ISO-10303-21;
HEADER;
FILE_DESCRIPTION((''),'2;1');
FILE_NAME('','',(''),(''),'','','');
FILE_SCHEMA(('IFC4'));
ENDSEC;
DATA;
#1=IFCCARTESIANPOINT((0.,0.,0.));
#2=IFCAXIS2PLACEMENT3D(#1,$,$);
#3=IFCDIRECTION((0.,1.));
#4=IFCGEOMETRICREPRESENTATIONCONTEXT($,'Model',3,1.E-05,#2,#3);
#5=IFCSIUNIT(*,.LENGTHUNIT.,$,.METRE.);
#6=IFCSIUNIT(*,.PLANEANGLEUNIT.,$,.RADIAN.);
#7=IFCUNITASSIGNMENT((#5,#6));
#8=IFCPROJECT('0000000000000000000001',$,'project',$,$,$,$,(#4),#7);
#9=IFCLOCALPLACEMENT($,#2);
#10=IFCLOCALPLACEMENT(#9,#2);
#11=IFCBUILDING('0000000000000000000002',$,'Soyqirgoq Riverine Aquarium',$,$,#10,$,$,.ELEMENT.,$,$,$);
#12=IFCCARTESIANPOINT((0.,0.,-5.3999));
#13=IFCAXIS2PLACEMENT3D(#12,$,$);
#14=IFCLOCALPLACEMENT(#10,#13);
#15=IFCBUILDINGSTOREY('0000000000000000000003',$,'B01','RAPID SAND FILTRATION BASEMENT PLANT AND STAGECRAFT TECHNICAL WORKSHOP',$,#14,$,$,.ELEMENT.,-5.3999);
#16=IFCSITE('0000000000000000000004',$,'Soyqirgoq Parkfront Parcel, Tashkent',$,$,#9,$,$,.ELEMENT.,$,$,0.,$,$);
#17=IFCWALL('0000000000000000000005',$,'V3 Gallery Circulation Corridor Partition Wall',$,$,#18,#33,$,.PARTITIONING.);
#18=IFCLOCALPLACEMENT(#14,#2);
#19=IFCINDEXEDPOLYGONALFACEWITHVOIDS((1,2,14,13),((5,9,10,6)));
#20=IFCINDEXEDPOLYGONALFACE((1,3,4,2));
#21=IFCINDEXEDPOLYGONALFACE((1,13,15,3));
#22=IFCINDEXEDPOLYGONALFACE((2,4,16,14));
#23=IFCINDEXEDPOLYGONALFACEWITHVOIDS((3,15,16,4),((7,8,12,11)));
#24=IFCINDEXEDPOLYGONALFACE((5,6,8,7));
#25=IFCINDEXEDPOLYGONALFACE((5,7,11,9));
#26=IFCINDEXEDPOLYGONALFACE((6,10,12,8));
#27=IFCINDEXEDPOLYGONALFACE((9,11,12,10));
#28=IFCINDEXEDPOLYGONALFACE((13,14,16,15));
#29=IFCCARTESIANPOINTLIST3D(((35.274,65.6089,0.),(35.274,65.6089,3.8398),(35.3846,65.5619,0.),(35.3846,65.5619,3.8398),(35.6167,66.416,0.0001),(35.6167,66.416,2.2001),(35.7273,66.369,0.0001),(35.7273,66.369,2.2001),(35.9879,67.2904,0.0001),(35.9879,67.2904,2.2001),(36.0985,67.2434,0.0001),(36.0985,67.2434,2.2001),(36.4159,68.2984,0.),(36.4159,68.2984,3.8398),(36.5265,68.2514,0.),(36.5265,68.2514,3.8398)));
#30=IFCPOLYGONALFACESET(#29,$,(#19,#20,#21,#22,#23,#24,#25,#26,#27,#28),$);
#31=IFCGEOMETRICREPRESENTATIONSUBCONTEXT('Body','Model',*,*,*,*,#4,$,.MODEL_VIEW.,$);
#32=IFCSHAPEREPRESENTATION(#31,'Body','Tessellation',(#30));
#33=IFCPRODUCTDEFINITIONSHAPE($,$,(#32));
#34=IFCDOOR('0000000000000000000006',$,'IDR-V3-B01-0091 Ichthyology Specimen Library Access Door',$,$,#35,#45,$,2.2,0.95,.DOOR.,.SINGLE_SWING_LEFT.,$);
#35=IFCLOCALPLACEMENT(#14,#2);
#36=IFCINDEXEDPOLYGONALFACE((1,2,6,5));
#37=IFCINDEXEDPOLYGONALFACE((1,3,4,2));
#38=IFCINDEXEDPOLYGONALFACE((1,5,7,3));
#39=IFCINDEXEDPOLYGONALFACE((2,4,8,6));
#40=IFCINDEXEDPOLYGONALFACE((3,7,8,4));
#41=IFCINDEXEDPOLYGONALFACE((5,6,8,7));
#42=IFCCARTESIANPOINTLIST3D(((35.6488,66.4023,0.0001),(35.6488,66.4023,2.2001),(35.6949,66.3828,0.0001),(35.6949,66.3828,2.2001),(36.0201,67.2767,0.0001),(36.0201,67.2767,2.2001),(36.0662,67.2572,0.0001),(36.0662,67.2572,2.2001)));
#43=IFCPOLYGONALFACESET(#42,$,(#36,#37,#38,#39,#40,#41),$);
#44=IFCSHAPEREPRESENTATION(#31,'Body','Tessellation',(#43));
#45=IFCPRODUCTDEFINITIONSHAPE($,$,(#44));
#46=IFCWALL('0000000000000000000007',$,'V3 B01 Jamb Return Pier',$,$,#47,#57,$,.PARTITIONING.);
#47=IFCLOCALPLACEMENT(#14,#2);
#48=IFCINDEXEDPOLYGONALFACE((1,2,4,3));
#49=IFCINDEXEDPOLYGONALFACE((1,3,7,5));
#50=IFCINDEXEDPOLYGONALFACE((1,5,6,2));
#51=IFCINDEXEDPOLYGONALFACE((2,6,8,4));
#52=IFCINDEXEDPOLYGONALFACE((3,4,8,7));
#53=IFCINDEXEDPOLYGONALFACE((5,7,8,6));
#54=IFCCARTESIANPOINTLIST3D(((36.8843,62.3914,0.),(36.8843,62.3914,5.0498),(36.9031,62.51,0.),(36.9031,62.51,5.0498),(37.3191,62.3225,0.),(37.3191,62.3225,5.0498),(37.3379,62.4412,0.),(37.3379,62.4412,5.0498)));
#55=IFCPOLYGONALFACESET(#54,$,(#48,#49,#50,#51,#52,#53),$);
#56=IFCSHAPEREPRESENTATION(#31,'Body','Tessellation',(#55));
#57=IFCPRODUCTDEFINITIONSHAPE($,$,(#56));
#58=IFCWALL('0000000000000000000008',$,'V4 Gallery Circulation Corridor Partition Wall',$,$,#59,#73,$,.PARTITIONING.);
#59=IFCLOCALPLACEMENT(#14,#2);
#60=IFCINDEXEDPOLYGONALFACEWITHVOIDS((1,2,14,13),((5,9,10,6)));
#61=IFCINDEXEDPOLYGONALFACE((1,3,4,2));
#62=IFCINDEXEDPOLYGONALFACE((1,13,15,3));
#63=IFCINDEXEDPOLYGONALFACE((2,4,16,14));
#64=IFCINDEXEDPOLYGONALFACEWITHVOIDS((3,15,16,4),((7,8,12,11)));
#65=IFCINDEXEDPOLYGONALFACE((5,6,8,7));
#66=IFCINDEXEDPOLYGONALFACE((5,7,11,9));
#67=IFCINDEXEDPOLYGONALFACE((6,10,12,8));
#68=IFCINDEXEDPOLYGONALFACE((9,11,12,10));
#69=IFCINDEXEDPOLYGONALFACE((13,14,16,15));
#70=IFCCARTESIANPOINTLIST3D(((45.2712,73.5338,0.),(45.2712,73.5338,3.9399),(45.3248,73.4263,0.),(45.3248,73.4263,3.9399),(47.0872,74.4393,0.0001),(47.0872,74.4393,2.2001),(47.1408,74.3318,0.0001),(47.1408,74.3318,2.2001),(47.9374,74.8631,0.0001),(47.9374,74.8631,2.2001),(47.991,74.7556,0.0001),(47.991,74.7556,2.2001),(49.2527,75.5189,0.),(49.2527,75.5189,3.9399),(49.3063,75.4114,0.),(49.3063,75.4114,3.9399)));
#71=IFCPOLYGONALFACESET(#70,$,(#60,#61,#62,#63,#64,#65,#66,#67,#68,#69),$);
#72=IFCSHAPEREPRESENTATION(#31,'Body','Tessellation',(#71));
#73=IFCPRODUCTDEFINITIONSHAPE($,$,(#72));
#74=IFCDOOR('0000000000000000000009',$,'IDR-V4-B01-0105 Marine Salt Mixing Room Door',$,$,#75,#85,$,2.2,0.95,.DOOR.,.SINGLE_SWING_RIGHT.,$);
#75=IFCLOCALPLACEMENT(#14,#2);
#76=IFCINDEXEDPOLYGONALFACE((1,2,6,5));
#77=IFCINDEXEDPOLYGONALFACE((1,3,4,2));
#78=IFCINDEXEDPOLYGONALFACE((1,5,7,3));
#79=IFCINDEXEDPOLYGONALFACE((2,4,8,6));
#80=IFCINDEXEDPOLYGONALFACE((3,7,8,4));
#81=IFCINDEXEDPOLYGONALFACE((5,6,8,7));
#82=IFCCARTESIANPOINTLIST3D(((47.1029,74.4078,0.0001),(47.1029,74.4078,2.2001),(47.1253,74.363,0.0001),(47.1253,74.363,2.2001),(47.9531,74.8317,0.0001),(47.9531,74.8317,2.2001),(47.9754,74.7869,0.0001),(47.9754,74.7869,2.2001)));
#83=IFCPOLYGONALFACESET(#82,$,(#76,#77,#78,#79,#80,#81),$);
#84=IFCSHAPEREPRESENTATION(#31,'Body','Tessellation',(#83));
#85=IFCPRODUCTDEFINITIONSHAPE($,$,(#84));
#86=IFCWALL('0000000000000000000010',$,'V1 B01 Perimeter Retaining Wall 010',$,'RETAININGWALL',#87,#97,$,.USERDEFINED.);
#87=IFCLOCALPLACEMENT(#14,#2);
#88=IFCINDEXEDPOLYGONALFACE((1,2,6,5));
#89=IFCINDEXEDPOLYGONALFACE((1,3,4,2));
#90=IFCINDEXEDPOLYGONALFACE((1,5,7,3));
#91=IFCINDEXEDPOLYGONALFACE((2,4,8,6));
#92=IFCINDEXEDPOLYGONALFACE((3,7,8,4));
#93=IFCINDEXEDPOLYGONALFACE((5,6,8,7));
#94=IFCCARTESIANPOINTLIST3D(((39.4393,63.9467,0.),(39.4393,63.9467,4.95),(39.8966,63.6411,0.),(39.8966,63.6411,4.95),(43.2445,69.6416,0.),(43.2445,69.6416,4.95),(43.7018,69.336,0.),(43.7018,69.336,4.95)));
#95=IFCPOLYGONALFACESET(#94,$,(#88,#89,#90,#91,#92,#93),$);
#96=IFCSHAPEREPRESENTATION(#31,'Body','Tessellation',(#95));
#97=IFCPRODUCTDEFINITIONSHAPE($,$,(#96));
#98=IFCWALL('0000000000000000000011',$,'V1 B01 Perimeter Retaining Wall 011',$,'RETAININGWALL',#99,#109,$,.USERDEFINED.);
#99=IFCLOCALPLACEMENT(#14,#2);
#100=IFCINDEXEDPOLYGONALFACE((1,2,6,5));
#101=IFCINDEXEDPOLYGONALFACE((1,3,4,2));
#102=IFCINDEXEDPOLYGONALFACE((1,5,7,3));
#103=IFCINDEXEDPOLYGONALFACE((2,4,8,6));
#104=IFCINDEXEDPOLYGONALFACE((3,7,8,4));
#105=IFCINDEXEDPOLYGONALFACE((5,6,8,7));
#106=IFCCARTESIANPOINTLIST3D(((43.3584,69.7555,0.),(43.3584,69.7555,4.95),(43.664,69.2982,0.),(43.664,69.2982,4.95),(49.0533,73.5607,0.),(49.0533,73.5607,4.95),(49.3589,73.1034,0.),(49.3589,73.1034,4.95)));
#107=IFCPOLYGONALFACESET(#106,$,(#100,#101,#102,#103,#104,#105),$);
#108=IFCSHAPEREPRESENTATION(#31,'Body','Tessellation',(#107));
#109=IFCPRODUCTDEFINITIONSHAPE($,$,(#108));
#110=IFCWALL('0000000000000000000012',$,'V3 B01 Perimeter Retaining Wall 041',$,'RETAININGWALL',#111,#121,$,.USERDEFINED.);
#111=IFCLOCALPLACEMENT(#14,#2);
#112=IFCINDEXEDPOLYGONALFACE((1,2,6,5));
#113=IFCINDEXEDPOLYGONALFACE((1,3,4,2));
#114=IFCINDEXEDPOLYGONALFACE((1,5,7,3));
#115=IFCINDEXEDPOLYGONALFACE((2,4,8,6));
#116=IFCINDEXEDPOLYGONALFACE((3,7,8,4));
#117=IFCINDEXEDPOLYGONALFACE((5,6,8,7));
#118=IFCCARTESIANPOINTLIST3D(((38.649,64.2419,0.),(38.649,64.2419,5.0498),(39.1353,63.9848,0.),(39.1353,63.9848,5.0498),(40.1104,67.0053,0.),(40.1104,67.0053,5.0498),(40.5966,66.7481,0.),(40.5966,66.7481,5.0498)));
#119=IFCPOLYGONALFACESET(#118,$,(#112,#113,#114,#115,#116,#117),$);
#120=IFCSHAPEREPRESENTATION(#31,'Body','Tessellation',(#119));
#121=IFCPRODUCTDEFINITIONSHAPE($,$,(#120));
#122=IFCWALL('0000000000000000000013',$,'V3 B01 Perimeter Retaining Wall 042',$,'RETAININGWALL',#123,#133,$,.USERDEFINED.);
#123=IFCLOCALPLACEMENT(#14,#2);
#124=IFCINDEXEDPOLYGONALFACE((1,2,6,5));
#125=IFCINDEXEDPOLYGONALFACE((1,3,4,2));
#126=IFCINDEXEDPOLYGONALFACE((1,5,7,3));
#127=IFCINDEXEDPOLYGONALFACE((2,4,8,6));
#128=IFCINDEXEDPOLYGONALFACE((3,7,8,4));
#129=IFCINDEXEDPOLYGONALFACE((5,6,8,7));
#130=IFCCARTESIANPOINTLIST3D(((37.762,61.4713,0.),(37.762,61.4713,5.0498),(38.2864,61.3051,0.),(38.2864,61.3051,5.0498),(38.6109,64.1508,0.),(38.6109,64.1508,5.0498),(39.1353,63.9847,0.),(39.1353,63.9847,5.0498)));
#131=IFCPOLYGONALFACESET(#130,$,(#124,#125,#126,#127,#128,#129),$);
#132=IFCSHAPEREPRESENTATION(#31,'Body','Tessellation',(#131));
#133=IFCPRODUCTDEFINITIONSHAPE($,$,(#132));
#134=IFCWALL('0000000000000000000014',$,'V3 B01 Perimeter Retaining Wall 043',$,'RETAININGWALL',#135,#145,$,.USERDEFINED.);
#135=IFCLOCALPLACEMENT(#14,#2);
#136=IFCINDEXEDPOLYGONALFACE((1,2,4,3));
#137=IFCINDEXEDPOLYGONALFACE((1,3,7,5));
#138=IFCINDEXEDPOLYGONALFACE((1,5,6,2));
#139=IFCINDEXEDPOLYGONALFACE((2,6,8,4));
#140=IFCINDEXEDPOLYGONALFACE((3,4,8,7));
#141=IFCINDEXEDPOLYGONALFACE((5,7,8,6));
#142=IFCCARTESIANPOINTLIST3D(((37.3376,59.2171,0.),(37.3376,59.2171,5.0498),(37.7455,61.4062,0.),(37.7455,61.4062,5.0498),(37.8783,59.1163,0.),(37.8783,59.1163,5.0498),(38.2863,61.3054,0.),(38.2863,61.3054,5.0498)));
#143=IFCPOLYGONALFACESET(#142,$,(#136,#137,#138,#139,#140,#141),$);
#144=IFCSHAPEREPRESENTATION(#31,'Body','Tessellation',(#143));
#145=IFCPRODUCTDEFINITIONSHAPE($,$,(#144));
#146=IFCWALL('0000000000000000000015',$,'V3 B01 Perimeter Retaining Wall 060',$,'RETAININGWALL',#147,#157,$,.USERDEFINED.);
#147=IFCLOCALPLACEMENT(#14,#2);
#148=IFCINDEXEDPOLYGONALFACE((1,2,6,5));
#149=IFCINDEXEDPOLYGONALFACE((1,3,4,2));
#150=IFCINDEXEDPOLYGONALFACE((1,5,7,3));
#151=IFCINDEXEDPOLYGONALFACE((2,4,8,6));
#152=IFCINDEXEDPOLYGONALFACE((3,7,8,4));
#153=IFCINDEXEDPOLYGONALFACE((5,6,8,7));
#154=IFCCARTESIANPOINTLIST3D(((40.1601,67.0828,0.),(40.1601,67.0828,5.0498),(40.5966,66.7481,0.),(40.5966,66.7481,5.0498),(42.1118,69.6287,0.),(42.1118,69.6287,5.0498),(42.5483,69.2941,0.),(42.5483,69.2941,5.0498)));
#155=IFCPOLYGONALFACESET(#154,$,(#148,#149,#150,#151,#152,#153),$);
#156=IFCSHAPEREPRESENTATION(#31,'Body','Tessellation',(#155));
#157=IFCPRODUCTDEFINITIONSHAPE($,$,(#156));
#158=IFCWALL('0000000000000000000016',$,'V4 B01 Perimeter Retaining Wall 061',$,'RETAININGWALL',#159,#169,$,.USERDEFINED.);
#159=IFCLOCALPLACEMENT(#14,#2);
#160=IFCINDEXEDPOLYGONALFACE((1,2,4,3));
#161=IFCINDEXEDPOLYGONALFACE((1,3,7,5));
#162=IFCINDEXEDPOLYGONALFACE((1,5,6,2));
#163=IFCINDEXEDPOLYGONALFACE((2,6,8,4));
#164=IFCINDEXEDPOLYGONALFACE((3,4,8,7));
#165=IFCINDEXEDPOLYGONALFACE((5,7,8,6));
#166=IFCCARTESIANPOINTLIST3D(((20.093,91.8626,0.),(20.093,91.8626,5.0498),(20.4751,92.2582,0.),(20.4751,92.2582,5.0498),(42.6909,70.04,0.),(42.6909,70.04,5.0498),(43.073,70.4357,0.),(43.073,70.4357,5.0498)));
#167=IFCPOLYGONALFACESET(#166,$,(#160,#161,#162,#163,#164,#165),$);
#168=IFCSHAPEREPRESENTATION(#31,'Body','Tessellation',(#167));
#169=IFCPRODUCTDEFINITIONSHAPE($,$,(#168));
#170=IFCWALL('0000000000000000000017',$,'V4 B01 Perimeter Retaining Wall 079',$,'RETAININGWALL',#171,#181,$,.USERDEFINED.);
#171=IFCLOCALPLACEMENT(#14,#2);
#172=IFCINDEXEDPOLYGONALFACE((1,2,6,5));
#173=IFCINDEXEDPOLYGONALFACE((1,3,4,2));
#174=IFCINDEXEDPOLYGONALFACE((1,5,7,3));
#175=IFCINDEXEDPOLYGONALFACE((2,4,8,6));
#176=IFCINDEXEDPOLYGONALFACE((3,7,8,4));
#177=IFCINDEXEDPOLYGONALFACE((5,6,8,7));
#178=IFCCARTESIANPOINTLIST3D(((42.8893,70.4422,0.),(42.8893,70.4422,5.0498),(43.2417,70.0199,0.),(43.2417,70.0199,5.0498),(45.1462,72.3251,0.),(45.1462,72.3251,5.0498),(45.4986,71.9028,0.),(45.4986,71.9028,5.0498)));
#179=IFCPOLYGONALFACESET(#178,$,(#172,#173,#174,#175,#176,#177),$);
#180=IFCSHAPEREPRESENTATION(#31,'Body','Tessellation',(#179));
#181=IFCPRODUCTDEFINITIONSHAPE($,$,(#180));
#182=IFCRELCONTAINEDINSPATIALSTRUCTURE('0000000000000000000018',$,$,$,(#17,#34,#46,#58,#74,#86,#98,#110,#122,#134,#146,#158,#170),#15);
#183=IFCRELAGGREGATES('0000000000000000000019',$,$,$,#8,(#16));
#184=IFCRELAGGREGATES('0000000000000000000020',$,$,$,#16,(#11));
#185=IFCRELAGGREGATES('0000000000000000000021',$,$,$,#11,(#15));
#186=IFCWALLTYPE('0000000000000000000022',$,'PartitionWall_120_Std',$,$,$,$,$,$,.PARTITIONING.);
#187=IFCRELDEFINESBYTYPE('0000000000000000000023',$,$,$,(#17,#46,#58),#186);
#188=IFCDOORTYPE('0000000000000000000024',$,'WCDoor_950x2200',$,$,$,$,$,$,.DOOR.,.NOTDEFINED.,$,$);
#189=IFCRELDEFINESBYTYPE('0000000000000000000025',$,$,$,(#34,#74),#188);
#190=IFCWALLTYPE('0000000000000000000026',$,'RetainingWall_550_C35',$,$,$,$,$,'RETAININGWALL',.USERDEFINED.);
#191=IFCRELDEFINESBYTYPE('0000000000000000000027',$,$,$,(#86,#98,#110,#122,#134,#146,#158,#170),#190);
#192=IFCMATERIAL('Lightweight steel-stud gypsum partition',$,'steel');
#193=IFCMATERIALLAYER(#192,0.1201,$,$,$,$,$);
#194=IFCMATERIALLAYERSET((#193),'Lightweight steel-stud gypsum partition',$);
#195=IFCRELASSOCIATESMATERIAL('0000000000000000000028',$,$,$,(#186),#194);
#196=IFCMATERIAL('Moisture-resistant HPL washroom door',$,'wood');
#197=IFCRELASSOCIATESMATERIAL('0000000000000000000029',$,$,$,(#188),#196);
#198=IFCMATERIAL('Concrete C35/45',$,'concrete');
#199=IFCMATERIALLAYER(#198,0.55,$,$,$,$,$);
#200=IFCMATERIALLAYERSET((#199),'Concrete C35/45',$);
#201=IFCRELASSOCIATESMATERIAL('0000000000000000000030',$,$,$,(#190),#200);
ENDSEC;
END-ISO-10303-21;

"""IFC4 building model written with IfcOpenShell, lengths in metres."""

from ifc_helpers import new_model, si_unit, direction, frame, frame_2d, origin, place, context, subcontext, project, spatial, rectangle, extrude, material, layer, layer_set, type_object, element, fill, save


model = new_model("IFC4")

# Units and contexts
model_context = context("Model", 3, precision=1e-05, world=origin(), true_north=direction((0.0, 1.0)))
body_context = subcontext(model_context, "Body", "Model", "MODEL_VIEW")
ifc_project = project(units=[si_unit("LENGTHUNIT", "METRE"), si_unit("PLANEANGLEUNIT", "RADIAN")], contexts=[model_context])

# Site, building, storey
site_placement = place(None, origin())
site = spatial("IfcSite", under=ifc_project, at=site_placement, Name="Soyqirgoq Parkfront Parcel, Tashkent", CompositionType="ELEMENT", RefElevation=0.0)
building_placement = place(site_placement, origin())
building = spatial("IfcBuilding", under=site, at=building_placement, Name="Soyqirgoq Riverine Aquarium", CompositionType="ELEMENT")
storey_placement = place(building_placement, frame((0.0, 0.0, -5.3999)))
storey = spatial("IfcBuildingStorey", under=building, at=storey_placement, Name="B01", Description="RAPID SAND FILTRATION BASEMENT PLANT AND STAGECRAFT TECHNICAL WORKSHOP", CompositionType="ELEMENT", Elevation=-5.3999)

# Wall, opening, door
ifc_material_1 = material(Name="Lightweight steel-stud gypsum partition", Category="steel")
ifc_layer_1 = layer(ifc_material_1, 0.1201)
ifc_layer_set_1 = layer_set([ifc_layer_1], Name="Lightweight steel-stud gypsum partition")
wall_type_1 = type_object("IfcWallType", Name="PartitionWall_120_Std", PredefinedType="PARTITIONING", material=ifc_layer_set_1)
wall_1_placement = place(storey_placement, frame((36.4712, 68.2749, 0.0), z_axis=(0.0, 0.0, 1.0), x_axis=(-0.390801, -0.920475, 0.0)))
wall_1 = element("IfcWall", 1, at=wall_1_placement, inside=storey, type_object=wall_type_1, Name="V3 Gallery Circulation Corridor Partition Wall", PredefinedType="PARTITIONING", context=body_context, shape_type="SweptSolid", body=[
    extrude(rectangle(XDim=2.9219, YDim=0.1201, at=frame_2d((1.4609, 0.0))), origin(), (0.0, 0.0, 1.0), 3.8398),
])
opening_1_placement = place(wall_1_placement, frame((1.095, 0.0, 0.0)))
opening_1 = element("IfcOpeningElement", 2, at=opening_1_placement, cuts=wall_1, PredefinedType="OPENING", context=body_context, shape_type="SweptSolid", body=[
    extrude(rectangle(XDim=0.95, YDim=2.2, at=frame_2d((0.4751, 1.1001))), frame((0.0, 0.0701, 0.0), z_axis=(0.0, -1.0, 0.0), x_axis=(1.0, 0.0, 0.0)), (0.0, 0.0, 1.0), 0.1401),
])
ifc_material_2 = material(Name="Moisture-resistant HPL washroom door", Category="wood")
door_type_1 = type_object("IfcDoorType", Name="WCDoor_950x2200", OperationType="NOTDEFINED", PredefinedType="DOOR", material=ifc_material_2)
door_1_placement = place(opening_1_placement, origin())
door_1 = element("IfcDoor", 3, at=door_1_placement, inside=storey, type_object=door_type_1, Name="IDR-V3-B01-0091 Ichthyology Specimen Library Access Door", OperationType="SINGLE_SWING_LEFT", OverallHeight=2.2, OverallWidth=0.95, PredefinedType="DOOR", context=body_context, shape_type="SweptSolid", body=[
    extrude(rectangle(XDim=0.95, YDim=2.2, at=frame_2d((0.4751, 1.1001))), frame((0.0, 0.0249, 0.0), z_axis=(0.0, -1.0, 0.0), x_axis=(1.0, 0.0, 0.0)), (0.0, 0.0, 1.0), 0.05),
])
fill(opening_1, door_1)

# Wall
wall_2_placement = place(storey_placement, frame((37.3286, 62.3818, 0.0), z_axis=(0.0, 0.0, 1.0), x_axis=(-0.987695, 0.15639, 0.0)))
element("IfcWall", 4, at=wall_2_placement, inside=storey, type_object=wall_type_1, Name="V3 B01 Jamb Return Pier", PredefinedType="PARTITIONING", context=body_context, shape_type="SweptSolid", body=[
    extrude(rectangle(XDim=0.4402, YDim=0.1201, at=frame_2d((0.2202, 0.0))), origin(), (0.0, 0.0, 1.0), 5.0498),
])

# Wall, opening, door
wall_3_placement = place(storey_placement, frame((45.2979, 73.48, 0.0), z_axis=(0.0, 0.0, 1.0), x_axis=(0.894931, 0.446204, 0.0)))
wall_3 = element("IfcWall", 5, at=wall_3_placement, inside=storey, type_object=wall_type_1, Name="V4 Gallery Circulation Corridor Partition Wall", PredefinedType="PARTITIONING", context=body_context, shape_type="SweptSolid", body=[
    extrude(rectangle(XDim=4.449, YDim=0.1201, at=frame_2d((2.2246, 0.0))), origin(), (0.0, 0.0, 1.0), 3.9399),
])
opening_2_placement = place(wall_3_placement, frame((2.0293, 0.0, 0.0)))
opening_2 = element("IfcOpeningElement", 6, at=opening_2_placement, cuts=wall_3, PredefinedType="OPENING", context=body_context, shape_type="SweptSolid", body=[
    extrude(rectangle(XDim=0.95, YDim=2.2, at=frame_2d((0.4751, 1.1001))), frame((0.0, 0.0701, 0.0), z_axis=(0.0, -1.0, 0.0), x_axis=(1.0, 0.0, 0.0)), (0.0, 0.0, 1.0), 0.1401),
])
door_2_placement = place(opening_2_placement, origin())
door_2 = element("IfcDoor", 7, at=door_2_placement, inside=storey, type_object=door_type_1, Name="IDR-V4-B01-0105 Marine Salt Mixing Room Door", OperationType="SINGLE_SWING_RIGHT", OverallHeight=2.2, OverallWidth=0.95, PredefinedType="DOOR", context=body_context, shape_type="SweptSolid", body=[
    extrude(rectangle(XDim=0.95, YDim=2.2, at=frame_2d((0.4751, 1.1001))), frame((0.0, 0.0249, 0.0), z_axis=(0.0, -1.0, 0.0), x_axis=(1.0, 0.0, 0.0)), (0.0, 0.0, 1.0), 0.05),
])
fill(opening_2, door_2)

# Walls
ifc_material_3 = material(Name="Concrete C35/45", Category="concrete")
ifc_layer_2 = layer(ifc_material_3, 0.55)
ifc_layer_set_2 = layer_set([ifc_layer_2], Name="Concrete C35/45")
wall_type_2 = type_object("IfcWallType", Name="RetainingWall_550_C35", ElementType="RETAININGWALL", PredefinedType="USERDEFINED", material=ifc_layer_set_2)
for number, where, z_axis, x_axis, name in (
    (8, (39.668, 63.7939, 0.0), (0.0, 0.0, 1.0), (0.555572, 0.831469, 0.0), "V1 B01 Perimeter Retaining Wall 010"),
    (9, (43.5112, 69.5269, 0.0), (0.0, 0.0, 1.0), (0.831469, 0.555572, 0.0), "V1 B01 Perimeter Retaining Wall 011"),
):
    element("IfcWall", number, at=place(storey_placement, frame(where, z_axis=z_axis, x_axis=x_axis)), inside=storey, type_object=wall_type_2, Name=name, ObjectType="RETAININGWALL", PredefinedType="USERDEFINED", context=body_context, shape_type="SweptSolid", body=[
        extrude(rectangle(XDim=6.8491, YDim=0.55, at=frame_2d((3.4246, 0.0))), origin(), (0.0, 0.0, 1.0), 4.95),
    ])
wall_4_placement = place(storey_placement, frame((40.3535, 66.8767, 0.0), z_axis=(0.0, 0.0, 1.0), x_axis=(-0.467497, -0.883995, 0.0)))
element("IfcWall", 10, at=wall_4_placement, inside=storey, type_object=wall_type_2, Name="V3 B01 Perimeter Retaining Wall 041", ObjectType="RETAININGWALL", PredefinedType="USERDEFINED", context=body_context, shape_type="SweptSolid", body=[
    extrude(rectangle(XDim=3.126, YDim=0.55, at=frame_2d((1.563, 0.0))), origin(), (0.0, 0.0, 1.0), 5.0498),
])
wall_5_placement = place(storey_placement, frame((38.873, 64.0676, 0.0), z_axis=(0.0, 0.0, 1.0), x_axis=(-0.302017, -0.953303, 0.0)))
element("IfcWall", 11, at=wall_5_placement, inside=storey, type_object=wall_type_2, Name="V3 B01 Perimeter Retaining Wall 042", ObjectType="RETAININGWALL", PredefinedType="USERDEFINED", context=body_context, shape_type="SweptSolid", body=[
    extrude(rectangle(XDim=2.8108, YDim=0.55, at=frame_2d((1.4053, 0.0))), origin(), (0.0, 0.0, 1.0), 5.0498),
])
wall_6_placement = place(storey_placement, frame((38.0159, 61.3557, 0.0), z_axis=(0.0, 0.0, 1.0), x_axis=(-0.183196, -0.983076, 0.0)))
element("IfcWall", 12, at=wall_6_placement, inside=storey, type_object=wall_type_2, Name="V3 B01 Perimeter Retaining Wall 043", ObjectType="RETAININGWALL", PredefinedType="USERDEFINED", context=body_context, shape_type="SweptSolid", body=[
    extrude(rectangle(XDim=2.2268, YDim=0.55, at=frame_2d((1.1133, 0.0))), origin(), (0.0, 0.0, 1.0), 5.0498),
])
wall_7_placement = place(storey_placement, frame((42.3301, 69.4614, 0.0), z_axis=(0.0, 0.0, 1.0), x_axis=(-0.608393, -0.793636, 0.0)))
element("IfcWall", 13, at=wall_7_placement, inside=storey, type_object=wall_type_2, Name="V3 B01 Perimeter Retaining Wall 060", ObjectType="RETAININGWALL", PredefinedType="USERDEFINED", context=body_context, shape_type="SweptSolid", body=[
    extrude(rectangle(XDim=3.208, YDim=0.55, at=frame_2d((1.604, 0.0))), origin(), (0.0, 0.0, 1.0), 5.0498),
])
wall_8_placement = place(storey_placement, frame((42.8821, 70.2378, 0.0), z_axis=(0.0, 0.0, 1.0), x_axis=(-0.71934, 0.694658, 0.0)))
element("IfcWall", 14, at=wall_8_placement, inside=storey, type_object=wall_type_2, Name="V4 B01 Perimeter Retaining Wall 061", ObjectType="RETAININGWALL", PredefinedType="USERDEFINED", context=body_context, shape_type="SweptSolid", body=[
    extrude(rectangle(XDim=31.4148, YDim=0.55, at=frame_2d((15.7075, 0.0))), origin(), (0.0, 0.0, 1.0), 5.0498),
])
wall_9_placement = place(storey_placement, frame((45.3225, 72.114, 0.0), z_axis=(0.0, 0.0, 1.0), x_axis=(-0.767867, -0.640609, 0.0)))
element("IfcWall", 15, at=wall_9_placement, inside=storey, type_object=wall_type_2, Name="V4 B01 Perimeter Retaining Wall 079", ObjectType="RETAININGWALL", PredefinedType="USERDEFINED", context=body_context, shape_type="SweptSolid", body=[
    extrude(rectangle(XDim=2.9392, YDim=0.55, at=frame_2d((1.4697, 0.0))), origin(), (0.0, 0.0, 1.0), 5.0498),
])

save(model, "model.ifc")
